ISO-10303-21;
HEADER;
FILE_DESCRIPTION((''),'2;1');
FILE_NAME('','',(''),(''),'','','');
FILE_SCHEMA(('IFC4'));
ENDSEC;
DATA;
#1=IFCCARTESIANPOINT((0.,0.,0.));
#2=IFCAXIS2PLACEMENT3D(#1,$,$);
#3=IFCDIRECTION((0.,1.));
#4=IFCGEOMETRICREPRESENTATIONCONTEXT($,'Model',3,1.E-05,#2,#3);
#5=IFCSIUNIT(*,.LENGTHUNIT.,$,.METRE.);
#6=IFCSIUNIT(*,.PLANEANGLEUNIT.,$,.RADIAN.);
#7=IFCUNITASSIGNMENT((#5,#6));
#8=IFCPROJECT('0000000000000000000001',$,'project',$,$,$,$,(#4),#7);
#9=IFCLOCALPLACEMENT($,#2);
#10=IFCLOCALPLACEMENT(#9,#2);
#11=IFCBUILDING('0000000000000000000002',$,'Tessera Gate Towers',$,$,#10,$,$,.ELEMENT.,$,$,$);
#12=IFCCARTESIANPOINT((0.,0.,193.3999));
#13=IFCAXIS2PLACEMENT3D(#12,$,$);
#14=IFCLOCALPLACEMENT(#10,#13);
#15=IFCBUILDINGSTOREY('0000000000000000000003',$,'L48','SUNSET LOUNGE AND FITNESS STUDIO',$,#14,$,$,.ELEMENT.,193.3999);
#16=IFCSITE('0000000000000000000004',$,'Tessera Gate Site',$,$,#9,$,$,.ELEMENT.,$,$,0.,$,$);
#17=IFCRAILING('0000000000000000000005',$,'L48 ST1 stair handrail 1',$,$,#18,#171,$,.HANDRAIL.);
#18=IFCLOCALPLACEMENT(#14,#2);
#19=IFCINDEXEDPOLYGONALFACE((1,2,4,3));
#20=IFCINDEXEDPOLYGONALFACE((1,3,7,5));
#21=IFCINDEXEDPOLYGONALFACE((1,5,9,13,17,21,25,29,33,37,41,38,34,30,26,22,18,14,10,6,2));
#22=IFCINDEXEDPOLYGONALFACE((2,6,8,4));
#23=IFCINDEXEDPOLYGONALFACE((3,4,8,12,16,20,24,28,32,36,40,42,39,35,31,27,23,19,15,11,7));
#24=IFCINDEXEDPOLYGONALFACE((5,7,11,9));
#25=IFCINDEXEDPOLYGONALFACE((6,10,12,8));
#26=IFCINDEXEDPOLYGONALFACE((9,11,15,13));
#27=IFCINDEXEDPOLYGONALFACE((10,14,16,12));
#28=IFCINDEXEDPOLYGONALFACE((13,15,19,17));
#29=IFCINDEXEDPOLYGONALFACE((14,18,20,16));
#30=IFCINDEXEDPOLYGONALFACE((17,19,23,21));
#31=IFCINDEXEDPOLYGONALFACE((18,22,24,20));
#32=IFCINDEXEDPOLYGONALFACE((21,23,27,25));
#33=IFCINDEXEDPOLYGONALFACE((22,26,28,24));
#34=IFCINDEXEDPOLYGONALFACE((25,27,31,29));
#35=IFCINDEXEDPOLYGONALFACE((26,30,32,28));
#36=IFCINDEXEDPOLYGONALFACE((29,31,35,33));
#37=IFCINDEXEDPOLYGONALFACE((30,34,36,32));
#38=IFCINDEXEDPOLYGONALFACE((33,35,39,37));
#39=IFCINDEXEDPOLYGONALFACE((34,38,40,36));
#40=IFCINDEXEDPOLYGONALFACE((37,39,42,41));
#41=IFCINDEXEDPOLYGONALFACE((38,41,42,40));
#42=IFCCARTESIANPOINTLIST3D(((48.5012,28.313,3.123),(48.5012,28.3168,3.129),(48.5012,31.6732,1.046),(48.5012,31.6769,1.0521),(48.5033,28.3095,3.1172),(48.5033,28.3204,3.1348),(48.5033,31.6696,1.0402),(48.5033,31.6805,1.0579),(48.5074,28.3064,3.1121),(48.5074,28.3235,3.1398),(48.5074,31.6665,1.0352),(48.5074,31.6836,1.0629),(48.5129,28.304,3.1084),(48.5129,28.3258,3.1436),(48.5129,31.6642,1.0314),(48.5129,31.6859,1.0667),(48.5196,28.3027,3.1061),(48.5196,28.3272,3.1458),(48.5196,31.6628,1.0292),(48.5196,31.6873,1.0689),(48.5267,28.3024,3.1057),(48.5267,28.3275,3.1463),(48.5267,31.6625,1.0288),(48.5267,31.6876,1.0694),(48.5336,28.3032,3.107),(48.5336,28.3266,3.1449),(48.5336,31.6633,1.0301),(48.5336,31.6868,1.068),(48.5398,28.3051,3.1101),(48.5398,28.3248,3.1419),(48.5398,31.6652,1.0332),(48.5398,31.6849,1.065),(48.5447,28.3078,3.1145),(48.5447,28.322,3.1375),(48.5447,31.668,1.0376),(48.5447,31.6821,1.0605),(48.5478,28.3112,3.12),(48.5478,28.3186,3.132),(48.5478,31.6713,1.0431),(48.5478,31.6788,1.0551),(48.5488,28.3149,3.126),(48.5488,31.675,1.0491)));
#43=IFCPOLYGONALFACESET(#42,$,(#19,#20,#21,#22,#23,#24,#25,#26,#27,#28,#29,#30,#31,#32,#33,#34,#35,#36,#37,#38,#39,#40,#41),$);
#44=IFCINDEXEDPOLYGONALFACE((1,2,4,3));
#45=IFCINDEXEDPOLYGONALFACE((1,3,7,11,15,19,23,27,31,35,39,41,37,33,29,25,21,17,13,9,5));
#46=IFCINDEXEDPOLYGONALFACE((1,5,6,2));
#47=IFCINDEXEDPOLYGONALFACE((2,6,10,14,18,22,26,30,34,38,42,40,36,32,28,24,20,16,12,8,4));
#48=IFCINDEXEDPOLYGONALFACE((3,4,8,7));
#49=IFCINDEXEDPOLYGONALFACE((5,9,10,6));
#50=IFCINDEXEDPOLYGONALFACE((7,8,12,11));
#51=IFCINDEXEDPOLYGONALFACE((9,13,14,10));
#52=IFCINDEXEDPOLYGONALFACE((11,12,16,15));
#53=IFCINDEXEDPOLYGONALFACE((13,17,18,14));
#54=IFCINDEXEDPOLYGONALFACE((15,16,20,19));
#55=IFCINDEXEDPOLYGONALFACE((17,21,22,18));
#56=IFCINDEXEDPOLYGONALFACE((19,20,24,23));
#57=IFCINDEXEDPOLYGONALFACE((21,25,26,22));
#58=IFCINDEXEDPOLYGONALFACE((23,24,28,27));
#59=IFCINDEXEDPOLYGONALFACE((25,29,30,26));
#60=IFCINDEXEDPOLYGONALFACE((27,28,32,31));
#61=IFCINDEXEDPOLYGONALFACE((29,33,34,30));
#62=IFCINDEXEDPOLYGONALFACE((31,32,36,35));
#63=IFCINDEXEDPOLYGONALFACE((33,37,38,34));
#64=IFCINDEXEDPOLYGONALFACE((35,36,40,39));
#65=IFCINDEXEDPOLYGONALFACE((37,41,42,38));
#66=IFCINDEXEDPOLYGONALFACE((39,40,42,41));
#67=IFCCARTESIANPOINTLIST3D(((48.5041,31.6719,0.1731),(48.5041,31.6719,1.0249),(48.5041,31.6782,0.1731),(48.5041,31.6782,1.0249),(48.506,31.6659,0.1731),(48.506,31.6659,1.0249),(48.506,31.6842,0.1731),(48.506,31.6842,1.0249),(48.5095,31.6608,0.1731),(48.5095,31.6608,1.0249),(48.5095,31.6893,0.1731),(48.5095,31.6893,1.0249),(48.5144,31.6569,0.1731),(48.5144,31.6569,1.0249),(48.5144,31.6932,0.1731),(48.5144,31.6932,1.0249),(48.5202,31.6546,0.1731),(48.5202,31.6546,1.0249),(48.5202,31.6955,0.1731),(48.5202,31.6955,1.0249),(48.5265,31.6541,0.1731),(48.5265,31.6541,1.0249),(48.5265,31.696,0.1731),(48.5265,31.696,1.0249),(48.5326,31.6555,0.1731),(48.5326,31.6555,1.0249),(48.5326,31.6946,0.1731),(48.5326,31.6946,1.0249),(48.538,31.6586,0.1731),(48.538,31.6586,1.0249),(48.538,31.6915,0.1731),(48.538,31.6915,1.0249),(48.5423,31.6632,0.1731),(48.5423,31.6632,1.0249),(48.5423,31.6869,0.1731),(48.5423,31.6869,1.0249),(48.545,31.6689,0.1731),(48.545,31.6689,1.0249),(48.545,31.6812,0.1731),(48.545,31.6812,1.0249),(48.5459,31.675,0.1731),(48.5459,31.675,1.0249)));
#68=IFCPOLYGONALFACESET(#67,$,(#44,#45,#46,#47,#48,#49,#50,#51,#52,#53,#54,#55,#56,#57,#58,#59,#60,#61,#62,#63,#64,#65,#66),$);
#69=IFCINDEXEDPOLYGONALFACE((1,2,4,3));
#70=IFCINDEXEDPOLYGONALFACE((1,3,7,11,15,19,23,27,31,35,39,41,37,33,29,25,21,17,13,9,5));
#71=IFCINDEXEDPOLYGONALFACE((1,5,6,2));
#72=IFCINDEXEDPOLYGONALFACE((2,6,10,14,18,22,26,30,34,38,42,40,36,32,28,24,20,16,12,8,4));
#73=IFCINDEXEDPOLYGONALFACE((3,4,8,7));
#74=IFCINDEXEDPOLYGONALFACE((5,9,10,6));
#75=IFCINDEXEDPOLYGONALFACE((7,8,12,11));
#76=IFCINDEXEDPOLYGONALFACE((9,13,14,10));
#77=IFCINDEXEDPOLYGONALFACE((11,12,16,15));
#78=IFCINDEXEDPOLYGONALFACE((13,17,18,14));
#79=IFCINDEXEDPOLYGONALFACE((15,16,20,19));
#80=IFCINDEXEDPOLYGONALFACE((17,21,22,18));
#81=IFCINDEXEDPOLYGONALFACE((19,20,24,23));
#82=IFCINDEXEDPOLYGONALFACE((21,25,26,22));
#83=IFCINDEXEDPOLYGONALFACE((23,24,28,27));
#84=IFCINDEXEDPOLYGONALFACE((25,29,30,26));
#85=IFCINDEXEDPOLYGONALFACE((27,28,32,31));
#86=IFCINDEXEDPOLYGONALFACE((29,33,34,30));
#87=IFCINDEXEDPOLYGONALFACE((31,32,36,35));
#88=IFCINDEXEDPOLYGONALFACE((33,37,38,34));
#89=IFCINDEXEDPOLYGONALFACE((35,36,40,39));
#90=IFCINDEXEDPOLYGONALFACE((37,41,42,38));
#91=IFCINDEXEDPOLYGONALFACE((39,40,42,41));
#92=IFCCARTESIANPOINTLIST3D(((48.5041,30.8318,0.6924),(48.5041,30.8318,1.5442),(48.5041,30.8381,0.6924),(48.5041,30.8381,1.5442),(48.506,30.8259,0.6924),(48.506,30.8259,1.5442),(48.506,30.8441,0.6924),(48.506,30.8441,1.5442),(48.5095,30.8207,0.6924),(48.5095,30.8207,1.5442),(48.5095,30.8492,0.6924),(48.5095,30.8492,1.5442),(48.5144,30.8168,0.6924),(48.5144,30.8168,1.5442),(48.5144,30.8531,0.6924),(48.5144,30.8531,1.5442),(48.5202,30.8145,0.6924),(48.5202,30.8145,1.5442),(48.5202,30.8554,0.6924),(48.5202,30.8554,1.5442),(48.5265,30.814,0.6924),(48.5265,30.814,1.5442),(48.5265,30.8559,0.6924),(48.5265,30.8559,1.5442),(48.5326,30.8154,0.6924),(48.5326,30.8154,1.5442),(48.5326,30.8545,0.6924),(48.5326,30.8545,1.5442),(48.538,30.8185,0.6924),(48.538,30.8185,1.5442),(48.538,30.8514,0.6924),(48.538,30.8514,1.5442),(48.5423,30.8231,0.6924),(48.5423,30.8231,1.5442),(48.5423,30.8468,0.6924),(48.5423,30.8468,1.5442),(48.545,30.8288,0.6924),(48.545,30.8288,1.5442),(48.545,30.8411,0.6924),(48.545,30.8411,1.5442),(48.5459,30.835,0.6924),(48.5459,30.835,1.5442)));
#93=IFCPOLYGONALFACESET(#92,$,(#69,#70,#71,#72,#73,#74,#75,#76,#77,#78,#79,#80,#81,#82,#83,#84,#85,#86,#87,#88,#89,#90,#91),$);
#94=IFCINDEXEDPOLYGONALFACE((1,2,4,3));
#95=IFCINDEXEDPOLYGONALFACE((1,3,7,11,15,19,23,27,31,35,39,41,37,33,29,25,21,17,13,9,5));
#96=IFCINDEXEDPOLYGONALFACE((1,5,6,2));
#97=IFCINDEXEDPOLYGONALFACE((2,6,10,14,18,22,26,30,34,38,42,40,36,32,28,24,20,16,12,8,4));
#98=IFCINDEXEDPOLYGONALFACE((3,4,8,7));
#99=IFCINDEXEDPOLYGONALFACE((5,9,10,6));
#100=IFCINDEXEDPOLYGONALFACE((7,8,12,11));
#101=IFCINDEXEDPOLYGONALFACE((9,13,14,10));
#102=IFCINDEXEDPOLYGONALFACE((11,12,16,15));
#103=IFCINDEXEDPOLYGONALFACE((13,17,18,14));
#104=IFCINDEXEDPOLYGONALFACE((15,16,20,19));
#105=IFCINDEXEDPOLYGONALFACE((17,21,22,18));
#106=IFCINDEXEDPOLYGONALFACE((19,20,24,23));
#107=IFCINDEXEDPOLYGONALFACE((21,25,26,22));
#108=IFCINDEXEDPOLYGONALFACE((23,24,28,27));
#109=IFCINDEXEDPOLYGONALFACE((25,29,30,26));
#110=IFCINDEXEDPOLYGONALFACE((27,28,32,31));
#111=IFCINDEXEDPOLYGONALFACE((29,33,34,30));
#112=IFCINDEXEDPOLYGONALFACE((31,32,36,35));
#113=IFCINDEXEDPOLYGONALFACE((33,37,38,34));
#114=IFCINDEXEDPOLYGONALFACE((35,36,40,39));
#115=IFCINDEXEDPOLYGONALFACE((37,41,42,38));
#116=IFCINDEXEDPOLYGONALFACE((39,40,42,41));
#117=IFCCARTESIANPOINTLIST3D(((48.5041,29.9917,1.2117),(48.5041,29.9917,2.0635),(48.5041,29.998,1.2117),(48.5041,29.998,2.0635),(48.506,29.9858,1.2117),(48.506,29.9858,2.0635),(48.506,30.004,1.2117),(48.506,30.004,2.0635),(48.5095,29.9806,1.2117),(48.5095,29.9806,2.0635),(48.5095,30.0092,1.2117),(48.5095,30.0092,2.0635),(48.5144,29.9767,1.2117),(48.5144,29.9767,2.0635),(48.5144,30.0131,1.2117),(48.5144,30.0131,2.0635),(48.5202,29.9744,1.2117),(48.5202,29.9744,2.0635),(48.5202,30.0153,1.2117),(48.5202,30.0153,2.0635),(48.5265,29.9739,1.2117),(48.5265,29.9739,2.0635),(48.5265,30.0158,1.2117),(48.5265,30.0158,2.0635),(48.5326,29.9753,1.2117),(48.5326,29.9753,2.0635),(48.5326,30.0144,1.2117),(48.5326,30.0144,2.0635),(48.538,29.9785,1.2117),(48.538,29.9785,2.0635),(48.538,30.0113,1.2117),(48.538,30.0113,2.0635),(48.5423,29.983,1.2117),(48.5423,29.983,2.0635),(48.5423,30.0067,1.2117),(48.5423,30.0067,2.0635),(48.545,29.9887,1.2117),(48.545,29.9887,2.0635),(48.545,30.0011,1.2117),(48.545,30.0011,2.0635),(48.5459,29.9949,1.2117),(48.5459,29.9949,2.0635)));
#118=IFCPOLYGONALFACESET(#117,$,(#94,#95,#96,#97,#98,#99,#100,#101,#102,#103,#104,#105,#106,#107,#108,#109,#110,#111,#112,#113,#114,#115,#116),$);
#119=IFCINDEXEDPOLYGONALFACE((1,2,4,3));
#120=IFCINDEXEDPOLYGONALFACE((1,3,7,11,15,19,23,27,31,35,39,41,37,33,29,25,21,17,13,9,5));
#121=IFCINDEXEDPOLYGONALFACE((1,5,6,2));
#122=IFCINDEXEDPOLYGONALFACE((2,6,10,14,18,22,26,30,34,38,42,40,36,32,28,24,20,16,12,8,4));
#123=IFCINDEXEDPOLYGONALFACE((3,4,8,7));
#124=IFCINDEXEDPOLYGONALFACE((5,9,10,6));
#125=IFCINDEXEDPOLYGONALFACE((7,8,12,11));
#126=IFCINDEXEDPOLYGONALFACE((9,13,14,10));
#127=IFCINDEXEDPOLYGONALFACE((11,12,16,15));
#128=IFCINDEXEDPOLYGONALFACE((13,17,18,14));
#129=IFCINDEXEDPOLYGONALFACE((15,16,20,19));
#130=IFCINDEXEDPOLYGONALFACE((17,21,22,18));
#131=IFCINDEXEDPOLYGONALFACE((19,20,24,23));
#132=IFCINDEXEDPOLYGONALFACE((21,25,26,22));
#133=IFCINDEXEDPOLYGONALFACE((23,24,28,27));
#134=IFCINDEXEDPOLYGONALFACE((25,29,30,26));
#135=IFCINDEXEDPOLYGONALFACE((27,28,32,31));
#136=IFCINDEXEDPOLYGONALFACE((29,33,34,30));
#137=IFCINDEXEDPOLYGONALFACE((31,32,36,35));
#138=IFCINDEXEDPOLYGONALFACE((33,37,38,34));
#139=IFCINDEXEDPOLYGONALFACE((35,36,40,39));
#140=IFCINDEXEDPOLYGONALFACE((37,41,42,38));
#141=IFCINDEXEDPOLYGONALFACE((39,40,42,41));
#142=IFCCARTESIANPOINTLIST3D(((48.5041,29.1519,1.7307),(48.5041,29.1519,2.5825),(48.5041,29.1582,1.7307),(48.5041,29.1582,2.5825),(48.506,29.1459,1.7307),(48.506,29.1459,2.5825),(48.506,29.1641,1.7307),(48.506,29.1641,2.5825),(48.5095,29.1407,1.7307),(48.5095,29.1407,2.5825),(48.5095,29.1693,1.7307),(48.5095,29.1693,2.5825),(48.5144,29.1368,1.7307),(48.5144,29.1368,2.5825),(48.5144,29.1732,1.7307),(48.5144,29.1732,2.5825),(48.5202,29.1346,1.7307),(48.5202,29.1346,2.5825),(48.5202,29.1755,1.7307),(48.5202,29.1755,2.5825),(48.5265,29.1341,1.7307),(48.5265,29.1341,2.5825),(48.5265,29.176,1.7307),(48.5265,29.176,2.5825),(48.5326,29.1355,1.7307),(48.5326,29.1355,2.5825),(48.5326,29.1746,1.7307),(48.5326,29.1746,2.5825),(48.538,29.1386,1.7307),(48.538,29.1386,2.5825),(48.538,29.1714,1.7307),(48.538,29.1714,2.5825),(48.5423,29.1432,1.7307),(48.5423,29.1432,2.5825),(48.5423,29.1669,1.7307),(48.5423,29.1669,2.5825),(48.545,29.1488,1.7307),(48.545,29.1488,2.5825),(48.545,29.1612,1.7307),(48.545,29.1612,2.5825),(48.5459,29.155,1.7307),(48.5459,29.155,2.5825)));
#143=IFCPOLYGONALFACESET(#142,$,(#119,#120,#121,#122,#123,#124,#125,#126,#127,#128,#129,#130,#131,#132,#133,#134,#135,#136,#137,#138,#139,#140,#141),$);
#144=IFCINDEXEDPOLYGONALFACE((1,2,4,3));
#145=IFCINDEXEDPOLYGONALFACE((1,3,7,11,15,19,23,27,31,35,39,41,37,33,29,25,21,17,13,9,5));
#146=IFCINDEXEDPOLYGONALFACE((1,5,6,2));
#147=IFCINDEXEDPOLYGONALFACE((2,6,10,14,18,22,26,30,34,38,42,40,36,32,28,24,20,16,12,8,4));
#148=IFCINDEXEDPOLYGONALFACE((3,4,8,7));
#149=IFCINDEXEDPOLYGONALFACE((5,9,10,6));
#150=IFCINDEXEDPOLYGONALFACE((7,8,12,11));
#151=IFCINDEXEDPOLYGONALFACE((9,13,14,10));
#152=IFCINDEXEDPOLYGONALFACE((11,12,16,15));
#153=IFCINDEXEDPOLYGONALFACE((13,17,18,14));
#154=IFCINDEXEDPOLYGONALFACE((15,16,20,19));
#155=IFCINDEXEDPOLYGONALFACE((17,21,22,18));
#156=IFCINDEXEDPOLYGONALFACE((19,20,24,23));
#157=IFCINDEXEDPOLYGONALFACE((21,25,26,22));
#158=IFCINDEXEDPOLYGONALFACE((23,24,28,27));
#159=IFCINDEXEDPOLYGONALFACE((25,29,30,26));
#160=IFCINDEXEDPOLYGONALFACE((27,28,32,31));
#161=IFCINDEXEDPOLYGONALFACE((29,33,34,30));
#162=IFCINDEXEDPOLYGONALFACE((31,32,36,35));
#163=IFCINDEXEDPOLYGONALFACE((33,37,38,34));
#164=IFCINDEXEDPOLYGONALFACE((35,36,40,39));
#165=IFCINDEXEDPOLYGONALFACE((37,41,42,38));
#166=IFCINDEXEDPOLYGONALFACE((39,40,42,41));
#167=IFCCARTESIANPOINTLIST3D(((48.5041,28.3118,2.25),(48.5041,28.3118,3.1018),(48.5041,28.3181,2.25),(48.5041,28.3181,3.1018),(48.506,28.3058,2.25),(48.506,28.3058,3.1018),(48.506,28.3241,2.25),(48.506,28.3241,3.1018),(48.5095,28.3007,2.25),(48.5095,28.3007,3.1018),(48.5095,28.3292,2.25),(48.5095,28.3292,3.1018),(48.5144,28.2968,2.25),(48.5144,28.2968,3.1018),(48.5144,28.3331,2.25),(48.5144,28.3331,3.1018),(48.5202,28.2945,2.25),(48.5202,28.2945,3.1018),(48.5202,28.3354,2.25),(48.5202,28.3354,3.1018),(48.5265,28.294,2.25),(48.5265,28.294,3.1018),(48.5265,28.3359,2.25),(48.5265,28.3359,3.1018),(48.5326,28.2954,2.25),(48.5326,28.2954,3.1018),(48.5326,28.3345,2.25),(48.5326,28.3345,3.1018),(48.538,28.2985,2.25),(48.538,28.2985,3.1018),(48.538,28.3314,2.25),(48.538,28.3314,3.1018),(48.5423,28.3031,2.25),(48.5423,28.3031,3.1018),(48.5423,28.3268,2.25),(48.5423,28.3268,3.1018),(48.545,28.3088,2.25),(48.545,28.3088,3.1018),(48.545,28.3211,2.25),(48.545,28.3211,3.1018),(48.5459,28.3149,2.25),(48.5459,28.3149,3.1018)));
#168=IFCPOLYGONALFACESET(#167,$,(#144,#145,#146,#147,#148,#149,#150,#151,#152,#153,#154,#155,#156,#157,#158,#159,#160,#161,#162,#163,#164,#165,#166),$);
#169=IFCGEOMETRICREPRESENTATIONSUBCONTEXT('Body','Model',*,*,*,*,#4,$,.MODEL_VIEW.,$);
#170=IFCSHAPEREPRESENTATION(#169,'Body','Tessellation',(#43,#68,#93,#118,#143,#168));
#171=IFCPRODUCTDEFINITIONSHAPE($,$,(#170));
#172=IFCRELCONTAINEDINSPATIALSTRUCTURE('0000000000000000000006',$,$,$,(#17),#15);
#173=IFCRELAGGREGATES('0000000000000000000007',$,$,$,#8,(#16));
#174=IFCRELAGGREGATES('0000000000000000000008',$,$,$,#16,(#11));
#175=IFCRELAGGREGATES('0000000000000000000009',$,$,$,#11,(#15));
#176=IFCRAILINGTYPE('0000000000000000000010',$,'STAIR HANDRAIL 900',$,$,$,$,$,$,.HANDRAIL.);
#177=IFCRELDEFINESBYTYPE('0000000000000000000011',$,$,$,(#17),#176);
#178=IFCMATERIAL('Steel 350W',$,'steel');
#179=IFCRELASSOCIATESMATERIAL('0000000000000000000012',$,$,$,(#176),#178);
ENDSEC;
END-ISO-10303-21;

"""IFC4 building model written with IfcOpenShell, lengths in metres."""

from ifc_helpers import new_model, si_unit, direction, frame, origin, origin_2d, place, context, subcontext, project, spatial, circle, extrude, material, type_object, element, save


model = new_model("IFC4")

# Units and contexts
model_context = context("Model", 3, precision=1e-05, world=origin(), true_north=direction((0.0, 1.0)))
body_context = subcontext(model_context, "Body", "Model", "MODEL_VIEW")
ifc_project = project(units=[si_unit("LENGTHUNIT", "METRE"), si_unit("PLANEANGLEUNIT", "RADIAN")], contexts=[model_context])

# Site, building, storey
site_placement = place(None, origin())
site = spatial("IfcSite", under=ifc_project, at=site_placement, Name="Tessera Gate Site", CompositionType="ELEMENT", RefElevation=0.0)
building_placement = place(site_placement, origin())
building = spatial("IfcBuilding", under=site, at=building_placement, Name="Tessera Gate Towers", CompositionType="ELEMENT")
storey_placement = place(building_placement, frame((0.0, 0.0, 193.3999)))
storey = spatial("IfcBuildingStorey", under=building, at=storey_placement, Name="L48", Description="SUNSET LOUNGE AND FITNESS STUDIO", CompositionType="ELEMENT", Elevation=193.3999)

# Railing
ifc_material_1 = material(Name="Steel 350W", Category="steel")
railing_type_1 = type_object("IfcRailingType", Name="STAIR HANDRAIL 900", PredefinedType="HANDRAIL", material=ifc_material_1)
for number, where, name in (
    (1, (48.5249, 31.675, 0.1731), "L48 ST1 stair handrail 1"),
):
    element("IfcRailing", number, at=place(storey_placement, frame(where)), inside=storey, type_object=railing_type_1, Name=name, PredefinedType="HANDRAIL", context=body_context, shape_type="SweptSolid", body=[
        extrude(circle(Radius=0.0239, at=origin_2d()), frame((0.0, 0.0, 0.876), z_axis=(0.0, -0.850623, 0.525776), x_axis=(1.0, 0.0, 0.0)), (0.0, 0.0, 1.0), 3.9502),
        extrude(circle(Radius=0.021, at=origin_2d()), origin(), (0.0, 0.0, 1.0), 0.8518),
        extrude(circle(Radius=0.021, at=origin_2d()), frame((0.0, -0.8401, 0.5193)), (0.0, 0.0, 1.0), 0.8518),
        extrude(circle(Radius=0.021, at=origin_2d()), frame((0.0, -1.6802, 1.0386)), (0.0, 0.0, 1.0), 0.8518),
        extrude(circle(Radius=0.021, at=origin_2d()), frame((0.0, -2.52, 1.5576)), (0.0, 0.0, 1.0), 0.8518),
        extrude(circle(Radius=0.021, at=origin_2d()), frame((0.0, -3.3601, 2.0769)), (0.0, 0.0, 1.0), 0.8518),
    ])

save(model, "model.ifc")
